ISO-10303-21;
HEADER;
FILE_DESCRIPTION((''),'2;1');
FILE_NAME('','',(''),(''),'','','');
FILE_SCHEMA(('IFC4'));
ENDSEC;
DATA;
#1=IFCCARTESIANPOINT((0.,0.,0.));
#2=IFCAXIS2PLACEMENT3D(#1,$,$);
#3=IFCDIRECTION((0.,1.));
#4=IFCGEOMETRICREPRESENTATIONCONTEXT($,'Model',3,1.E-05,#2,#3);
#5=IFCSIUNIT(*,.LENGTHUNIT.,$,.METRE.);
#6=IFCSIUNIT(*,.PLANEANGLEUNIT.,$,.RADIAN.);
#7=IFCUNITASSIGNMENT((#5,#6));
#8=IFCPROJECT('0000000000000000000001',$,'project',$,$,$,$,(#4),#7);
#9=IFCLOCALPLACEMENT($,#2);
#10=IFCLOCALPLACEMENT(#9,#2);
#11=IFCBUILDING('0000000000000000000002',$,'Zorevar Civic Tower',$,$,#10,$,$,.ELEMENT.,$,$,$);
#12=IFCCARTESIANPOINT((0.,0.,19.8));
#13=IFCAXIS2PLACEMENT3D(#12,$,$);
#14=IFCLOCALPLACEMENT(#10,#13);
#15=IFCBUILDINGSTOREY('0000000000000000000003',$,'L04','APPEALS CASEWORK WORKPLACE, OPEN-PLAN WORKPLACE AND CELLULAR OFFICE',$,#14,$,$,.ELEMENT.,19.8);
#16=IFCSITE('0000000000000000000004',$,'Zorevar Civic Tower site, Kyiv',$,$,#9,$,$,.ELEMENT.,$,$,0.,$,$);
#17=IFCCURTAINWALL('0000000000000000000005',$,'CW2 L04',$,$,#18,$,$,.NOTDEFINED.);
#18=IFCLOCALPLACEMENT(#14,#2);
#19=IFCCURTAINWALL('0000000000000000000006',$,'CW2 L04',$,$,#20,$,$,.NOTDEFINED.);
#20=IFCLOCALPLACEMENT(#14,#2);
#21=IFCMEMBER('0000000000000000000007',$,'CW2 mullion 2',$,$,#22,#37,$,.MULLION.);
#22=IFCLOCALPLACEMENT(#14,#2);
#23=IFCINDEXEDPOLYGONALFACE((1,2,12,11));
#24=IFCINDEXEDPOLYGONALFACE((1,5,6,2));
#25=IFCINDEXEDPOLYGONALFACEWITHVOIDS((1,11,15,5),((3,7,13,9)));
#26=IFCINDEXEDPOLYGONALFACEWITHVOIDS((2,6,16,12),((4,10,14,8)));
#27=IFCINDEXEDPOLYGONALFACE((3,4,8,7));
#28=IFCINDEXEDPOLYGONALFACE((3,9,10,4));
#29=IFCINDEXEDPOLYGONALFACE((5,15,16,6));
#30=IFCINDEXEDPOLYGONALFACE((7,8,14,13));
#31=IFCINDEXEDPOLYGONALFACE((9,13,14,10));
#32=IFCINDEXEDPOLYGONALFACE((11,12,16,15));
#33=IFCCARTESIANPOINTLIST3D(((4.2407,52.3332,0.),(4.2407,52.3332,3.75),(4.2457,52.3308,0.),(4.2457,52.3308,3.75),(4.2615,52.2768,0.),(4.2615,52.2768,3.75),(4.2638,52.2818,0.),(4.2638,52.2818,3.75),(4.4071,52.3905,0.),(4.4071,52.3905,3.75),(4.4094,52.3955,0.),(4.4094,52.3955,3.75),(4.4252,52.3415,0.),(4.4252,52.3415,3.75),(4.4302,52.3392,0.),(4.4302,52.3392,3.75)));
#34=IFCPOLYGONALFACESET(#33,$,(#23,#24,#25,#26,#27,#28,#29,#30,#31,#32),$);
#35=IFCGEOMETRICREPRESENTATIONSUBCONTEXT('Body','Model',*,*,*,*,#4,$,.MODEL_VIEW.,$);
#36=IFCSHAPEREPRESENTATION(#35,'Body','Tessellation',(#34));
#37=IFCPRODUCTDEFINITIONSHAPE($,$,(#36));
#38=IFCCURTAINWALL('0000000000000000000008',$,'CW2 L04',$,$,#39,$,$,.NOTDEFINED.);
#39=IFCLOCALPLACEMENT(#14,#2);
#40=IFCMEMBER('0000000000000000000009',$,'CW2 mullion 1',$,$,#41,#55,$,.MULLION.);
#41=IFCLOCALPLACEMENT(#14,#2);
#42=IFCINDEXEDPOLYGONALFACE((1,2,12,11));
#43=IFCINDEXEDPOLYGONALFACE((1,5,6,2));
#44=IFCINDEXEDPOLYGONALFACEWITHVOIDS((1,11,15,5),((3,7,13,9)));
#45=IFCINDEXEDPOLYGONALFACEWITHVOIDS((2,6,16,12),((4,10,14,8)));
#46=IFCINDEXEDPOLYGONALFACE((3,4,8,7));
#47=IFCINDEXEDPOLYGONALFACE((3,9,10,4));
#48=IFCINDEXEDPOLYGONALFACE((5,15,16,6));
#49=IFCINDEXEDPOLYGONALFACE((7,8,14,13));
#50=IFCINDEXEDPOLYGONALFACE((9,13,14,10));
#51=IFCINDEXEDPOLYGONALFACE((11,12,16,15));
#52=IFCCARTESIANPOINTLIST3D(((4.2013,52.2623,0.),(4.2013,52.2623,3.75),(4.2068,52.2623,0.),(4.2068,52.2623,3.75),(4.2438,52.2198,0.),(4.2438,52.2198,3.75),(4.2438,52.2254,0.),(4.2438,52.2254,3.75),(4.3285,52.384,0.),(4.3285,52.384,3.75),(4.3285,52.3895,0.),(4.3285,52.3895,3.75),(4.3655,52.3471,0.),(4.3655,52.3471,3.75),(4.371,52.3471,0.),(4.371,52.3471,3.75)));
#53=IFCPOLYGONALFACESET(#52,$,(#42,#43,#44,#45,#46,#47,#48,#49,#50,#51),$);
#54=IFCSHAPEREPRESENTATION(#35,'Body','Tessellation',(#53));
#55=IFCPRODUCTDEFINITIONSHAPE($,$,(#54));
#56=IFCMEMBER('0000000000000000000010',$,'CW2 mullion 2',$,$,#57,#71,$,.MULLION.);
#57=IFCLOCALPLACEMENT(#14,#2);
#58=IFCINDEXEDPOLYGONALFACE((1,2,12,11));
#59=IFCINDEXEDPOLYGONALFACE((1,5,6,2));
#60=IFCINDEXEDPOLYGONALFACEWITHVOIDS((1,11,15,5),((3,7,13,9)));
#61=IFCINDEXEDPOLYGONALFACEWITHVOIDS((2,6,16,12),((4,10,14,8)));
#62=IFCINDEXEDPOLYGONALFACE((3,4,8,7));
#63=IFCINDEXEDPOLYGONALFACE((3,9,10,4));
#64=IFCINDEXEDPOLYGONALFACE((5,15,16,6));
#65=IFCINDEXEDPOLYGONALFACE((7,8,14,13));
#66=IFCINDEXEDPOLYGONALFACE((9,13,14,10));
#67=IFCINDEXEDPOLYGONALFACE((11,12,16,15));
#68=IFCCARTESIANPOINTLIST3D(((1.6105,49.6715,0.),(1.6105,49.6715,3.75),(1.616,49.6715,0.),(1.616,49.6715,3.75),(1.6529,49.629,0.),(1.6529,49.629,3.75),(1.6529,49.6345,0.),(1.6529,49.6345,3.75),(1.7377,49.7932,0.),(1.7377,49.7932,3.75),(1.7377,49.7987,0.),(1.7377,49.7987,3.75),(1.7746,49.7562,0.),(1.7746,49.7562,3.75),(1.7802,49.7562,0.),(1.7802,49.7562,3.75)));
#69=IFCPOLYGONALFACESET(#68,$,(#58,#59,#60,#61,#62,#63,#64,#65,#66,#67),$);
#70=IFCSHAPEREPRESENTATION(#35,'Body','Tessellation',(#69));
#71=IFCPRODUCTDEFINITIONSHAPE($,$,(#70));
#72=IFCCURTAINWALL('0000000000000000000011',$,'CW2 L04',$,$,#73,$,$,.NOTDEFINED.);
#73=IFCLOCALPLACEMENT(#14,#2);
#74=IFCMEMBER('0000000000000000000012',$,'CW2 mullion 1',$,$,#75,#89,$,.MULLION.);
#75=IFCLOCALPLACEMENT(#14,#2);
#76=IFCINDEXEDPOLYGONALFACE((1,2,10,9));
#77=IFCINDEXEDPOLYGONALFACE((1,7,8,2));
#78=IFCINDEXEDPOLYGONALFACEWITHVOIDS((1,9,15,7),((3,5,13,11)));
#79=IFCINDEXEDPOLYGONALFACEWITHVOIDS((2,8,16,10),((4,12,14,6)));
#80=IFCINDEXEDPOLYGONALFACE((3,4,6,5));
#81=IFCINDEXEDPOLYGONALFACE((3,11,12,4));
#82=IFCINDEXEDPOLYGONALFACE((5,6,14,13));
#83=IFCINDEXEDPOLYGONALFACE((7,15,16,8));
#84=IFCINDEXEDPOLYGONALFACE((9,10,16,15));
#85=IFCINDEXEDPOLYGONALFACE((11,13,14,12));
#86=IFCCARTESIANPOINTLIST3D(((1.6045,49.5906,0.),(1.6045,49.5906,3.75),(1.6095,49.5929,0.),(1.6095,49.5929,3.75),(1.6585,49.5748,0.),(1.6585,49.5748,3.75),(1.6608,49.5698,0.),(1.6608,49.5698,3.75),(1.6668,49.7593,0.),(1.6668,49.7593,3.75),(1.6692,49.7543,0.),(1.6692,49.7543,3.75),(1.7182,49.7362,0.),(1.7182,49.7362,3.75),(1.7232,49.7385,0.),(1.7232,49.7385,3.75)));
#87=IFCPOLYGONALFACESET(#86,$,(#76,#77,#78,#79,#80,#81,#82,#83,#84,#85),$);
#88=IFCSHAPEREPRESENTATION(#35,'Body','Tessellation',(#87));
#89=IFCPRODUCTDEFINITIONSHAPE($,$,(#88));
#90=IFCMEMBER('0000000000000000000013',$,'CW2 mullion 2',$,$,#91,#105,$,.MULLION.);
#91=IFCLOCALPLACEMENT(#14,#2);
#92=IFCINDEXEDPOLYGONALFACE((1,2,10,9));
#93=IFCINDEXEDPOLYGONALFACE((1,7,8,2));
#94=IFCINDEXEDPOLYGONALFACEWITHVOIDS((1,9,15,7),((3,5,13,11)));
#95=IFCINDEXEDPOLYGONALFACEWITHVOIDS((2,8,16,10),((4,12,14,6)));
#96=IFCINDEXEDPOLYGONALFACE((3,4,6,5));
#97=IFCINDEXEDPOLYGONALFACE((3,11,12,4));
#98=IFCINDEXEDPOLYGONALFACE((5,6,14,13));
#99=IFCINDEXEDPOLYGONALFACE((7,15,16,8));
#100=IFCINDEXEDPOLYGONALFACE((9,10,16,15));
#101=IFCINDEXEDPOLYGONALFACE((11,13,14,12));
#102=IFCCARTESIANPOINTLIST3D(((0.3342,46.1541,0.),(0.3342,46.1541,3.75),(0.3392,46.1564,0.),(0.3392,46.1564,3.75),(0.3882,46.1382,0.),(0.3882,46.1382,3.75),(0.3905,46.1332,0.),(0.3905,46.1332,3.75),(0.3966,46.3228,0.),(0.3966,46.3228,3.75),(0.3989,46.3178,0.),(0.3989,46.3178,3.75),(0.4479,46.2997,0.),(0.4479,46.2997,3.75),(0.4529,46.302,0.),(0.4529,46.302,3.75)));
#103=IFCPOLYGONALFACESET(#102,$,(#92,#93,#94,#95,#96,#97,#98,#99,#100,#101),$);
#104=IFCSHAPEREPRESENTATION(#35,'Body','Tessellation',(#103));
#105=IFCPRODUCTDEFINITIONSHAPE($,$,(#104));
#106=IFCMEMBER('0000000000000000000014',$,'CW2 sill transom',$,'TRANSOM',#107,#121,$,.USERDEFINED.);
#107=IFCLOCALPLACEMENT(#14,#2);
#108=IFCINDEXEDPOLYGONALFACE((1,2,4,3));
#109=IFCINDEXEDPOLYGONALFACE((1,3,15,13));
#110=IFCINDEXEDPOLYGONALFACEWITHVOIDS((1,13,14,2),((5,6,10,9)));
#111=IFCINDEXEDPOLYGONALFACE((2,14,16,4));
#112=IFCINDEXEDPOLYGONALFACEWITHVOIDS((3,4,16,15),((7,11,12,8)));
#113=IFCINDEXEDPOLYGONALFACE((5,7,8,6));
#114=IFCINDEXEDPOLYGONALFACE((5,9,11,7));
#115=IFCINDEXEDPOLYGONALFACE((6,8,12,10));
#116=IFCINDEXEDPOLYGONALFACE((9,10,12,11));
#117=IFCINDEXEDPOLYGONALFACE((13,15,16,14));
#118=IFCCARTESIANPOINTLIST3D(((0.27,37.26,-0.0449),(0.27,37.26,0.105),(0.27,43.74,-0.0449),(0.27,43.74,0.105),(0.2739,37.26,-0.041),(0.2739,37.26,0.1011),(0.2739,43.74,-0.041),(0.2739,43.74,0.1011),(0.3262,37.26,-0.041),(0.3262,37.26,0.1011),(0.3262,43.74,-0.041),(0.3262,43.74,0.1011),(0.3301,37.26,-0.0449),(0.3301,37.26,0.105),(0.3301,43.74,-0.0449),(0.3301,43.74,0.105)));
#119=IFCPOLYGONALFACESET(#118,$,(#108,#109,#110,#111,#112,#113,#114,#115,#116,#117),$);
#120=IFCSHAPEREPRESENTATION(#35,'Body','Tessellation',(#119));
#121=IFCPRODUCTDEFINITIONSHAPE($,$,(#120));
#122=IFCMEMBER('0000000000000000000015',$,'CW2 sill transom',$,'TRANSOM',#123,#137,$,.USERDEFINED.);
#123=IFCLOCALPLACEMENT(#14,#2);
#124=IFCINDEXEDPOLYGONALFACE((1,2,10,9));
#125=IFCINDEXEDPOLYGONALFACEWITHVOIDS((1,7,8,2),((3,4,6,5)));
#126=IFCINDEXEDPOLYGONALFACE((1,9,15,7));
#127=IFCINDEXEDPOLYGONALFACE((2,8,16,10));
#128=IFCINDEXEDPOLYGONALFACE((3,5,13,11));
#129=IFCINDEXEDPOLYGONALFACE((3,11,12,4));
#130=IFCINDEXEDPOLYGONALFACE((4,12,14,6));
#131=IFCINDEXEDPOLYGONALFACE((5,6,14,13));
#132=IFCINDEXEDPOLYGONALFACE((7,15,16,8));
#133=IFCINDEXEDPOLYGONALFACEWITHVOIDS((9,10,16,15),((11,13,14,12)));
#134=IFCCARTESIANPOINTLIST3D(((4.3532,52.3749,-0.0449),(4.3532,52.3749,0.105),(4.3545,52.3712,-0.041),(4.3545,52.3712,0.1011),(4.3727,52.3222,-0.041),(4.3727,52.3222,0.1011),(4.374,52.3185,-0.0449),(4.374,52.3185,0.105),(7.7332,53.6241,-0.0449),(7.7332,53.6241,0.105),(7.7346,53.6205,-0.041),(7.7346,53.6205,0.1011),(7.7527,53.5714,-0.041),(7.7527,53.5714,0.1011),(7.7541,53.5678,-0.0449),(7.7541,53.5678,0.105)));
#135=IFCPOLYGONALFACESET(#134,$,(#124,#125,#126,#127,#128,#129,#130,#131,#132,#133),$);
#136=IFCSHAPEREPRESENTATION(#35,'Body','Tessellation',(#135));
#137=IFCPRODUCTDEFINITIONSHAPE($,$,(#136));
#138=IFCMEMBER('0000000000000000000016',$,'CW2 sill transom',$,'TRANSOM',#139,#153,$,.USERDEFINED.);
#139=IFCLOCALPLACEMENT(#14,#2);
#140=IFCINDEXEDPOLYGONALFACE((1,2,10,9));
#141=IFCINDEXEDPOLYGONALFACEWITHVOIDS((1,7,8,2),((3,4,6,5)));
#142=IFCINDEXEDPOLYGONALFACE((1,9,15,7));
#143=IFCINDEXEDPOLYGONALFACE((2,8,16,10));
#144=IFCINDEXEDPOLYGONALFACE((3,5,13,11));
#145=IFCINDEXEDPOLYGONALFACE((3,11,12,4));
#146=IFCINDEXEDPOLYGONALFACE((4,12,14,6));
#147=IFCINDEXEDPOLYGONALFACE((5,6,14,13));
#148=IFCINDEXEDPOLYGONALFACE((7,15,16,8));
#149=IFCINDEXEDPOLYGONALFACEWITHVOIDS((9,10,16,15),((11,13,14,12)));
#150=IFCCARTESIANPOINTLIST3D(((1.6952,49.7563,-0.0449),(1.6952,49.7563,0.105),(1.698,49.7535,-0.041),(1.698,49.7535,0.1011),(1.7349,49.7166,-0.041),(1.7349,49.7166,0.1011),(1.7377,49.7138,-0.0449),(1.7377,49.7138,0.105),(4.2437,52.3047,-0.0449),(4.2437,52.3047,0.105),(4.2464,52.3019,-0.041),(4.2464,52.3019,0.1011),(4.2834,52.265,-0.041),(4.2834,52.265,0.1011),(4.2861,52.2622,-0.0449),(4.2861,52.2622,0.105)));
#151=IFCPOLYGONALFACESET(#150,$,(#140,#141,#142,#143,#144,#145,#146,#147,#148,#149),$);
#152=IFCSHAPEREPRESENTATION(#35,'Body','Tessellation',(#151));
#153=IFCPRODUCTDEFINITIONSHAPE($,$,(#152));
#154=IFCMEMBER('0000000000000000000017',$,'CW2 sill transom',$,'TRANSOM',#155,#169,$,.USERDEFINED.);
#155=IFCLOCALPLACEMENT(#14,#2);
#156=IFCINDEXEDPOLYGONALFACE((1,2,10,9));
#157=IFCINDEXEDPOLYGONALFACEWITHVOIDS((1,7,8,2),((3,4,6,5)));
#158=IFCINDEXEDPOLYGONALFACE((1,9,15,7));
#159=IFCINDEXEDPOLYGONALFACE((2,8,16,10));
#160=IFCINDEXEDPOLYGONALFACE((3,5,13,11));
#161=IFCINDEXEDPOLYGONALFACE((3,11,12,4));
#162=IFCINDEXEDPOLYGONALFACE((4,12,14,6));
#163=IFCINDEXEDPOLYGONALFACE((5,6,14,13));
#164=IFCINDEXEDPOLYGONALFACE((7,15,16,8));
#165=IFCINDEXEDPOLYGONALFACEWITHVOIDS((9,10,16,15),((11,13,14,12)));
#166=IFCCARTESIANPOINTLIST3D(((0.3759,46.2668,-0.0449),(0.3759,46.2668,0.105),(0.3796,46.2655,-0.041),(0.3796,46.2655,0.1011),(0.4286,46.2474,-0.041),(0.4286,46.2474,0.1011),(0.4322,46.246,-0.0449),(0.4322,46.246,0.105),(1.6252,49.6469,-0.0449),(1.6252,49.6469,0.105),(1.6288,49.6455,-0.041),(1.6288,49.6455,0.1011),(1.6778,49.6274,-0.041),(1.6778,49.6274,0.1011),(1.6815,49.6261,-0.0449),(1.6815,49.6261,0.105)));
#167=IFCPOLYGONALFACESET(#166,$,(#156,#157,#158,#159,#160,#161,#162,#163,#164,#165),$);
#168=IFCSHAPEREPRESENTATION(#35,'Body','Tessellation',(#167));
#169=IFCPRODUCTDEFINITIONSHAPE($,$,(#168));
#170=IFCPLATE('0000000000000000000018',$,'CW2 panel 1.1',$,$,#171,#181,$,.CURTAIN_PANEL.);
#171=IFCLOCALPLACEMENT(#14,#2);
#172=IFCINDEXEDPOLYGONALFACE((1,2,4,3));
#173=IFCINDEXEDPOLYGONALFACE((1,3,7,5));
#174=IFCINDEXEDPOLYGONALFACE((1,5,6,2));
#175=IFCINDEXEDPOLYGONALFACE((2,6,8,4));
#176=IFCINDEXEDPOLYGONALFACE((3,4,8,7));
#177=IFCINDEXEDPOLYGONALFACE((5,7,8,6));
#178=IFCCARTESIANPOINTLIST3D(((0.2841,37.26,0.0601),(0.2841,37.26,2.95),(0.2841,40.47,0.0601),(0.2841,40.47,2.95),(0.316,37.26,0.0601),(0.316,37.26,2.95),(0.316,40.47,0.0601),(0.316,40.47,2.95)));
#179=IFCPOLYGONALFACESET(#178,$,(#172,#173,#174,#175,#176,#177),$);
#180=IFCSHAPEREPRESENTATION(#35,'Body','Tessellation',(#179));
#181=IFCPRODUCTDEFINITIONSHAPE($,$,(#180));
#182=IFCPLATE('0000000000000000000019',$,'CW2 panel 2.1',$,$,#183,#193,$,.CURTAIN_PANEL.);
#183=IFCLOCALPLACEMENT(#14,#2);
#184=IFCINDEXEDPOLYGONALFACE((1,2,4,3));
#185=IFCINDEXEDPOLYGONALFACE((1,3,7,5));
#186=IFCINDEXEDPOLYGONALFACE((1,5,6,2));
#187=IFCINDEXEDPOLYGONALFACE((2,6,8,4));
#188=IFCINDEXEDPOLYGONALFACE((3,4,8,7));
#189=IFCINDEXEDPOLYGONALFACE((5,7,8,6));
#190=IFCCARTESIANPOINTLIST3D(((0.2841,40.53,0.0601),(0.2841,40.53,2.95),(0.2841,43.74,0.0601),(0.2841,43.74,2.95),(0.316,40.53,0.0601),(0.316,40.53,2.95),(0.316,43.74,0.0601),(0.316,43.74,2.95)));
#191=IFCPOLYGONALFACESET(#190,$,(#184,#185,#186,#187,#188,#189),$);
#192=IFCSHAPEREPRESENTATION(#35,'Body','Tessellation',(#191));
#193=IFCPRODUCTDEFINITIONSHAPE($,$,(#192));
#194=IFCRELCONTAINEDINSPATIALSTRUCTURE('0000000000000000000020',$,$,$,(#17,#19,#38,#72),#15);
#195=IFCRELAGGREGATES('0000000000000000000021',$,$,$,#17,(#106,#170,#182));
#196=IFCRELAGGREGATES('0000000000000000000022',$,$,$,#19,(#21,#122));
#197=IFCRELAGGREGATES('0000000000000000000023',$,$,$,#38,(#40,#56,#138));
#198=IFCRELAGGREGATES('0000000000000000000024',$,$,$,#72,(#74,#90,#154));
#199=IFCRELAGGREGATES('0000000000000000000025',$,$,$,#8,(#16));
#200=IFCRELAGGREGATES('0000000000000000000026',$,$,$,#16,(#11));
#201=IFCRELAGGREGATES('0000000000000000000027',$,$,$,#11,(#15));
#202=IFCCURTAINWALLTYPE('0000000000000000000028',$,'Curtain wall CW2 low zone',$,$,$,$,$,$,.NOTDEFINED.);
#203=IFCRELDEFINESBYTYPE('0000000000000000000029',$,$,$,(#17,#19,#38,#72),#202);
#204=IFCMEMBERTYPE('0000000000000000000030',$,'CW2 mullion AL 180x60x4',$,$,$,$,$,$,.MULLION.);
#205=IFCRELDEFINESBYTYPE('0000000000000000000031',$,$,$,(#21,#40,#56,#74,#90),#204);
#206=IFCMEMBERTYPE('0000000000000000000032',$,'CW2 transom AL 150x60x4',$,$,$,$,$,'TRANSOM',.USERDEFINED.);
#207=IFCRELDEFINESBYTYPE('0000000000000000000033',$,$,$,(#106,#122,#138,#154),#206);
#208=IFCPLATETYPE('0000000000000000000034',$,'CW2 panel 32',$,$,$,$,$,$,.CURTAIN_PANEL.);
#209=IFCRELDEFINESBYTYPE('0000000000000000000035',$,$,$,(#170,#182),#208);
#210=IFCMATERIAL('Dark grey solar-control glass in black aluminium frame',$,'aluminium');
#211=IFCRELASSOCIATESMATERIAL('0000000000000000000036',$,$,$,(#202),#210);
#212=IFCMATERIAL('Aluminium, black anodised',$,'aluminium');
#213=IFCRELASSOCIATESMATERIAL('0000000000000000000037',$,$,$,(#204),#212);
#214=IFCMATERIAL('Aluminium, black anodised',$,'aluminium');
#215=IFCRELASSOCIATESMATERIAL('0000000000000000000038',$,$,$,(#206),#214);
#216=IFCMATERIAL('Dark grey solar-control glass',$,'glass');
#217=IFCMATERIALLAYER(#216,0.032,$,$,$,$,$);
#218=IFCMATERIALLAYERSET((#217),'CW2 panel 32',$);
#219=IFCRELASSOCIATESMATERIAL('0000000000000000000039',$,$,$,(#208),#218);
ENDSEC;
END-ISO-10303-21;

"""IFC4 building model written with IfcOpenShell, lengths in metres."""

from ifc_helpers import new_model, si_unit, direction, frame, origin, origin_2d, place, context, subcontext, project, spatial, rectangle, hollow_rectangle, extrude, material, layer, layer_set, material_profile, profile_set, type_object, element, aggregate, save


model = new_model("IFC4")

# Units and contexts
model_context = context("Model", 3, precision=1e-05, world=origin(), true_north=direction((0.0, 1.0)))
body_context = subcontext(model_context, "Body", "Model", "MODEL_VIEW")
ifc_project = project(units=[si_unit("LENGTHUNIT", "METRE"), si_unit("PLANEANGLEUNIT", "RADIAN")], contexts=[model_context])

# Site, building, storey
site_placement = place(None, origin())
site = spatial("IfcSite", under=ifc_project, at=site_placement, Name="Zorevar Civic Tower site, Kyiv", CompositionType="ELEMENT", RefElevation=0.0)
building_placement = place(site_placement, origin())
building = spatial("IfcBuilding", under=site, at=building_placement, Name="Zorevar Civic Tower", CompositionType="ELEMENT")
storey_placement = place(building_placement, frame((0.0, 0.0, 19.8)))
storey = spatial("IfcBuildingStorey", under=building, at=storey_placement, Name="L04", Description="APPEALS CASEWORK WORKPLACE, OPEN-PLAN WORKPLACE AND CELLULAR OFFICE", CompositionType="ELEMENT", Elevation=19.8)

# Curtain walls, members
ifc_material_1 = material(Name="Dark grey solar-control glass in black aluminium frame", Category="aluminium")
curtain_wall_type = type_object("IfcCurtainWallType", Name="Curtain wall CW2 low zone", PredefinedType="NOTDEFINED", material=ifc_material_1)
curtain_wall_1_placement = place(storey_placement, origin())
curtain_wall_1 = element("IfcCurtainWall", 1, at=curtain_wall_1_placement, inside=storey, type_object=curtain_wall_type, Name="CW2 L04", PredefinedType="NOTDEFINED")
ifc_material_2 = material(Name="Aluminium, black anodised", Category="aluminium")
ifc_material_profile_1 = material_profile(ifc_material_2, hollow_rectangle(XDim=0.0601, YDim=0.1799, WallThickness=0.0039, at=origin_2d()), Name="AL 180x60x4")
ifc_profile_set_1 = profile_set([ifc_material_profile_1], Name="Aluminium, black anodised")
member_type_1 = type_object("IfcMemberType", Name="CW2 mullion AL 180x60x4", PredefinedType="MULLION", material=ifc_profile_set_1)
curtain_wall_2_placement = place(storey_placement, origin())
curtain_wall_2 = element("IfcCurtainWall", 2, at=curtain_wall_2_placement, inside=storey, type_object=curtain_wall_type, Name="CW2 L04", PredefinedType="NOTDEFINED")
member_1_placement = place(storey_placement, frame((4.3354, 52.3362, 0.0), z_axis=(0.0, 0.0, 1.0), x_axis=(0.346704, -0.937975, 0.0)))
member_1 = element("IfcMember", 3, at=member_1_placement, type_object=member_type_1, Name="CW2 mullion 2", PredefinedType="MULLION", context=body_context, shape_type="SweptSolid", body=[
    extrude(hollow_rectangle(XDim=0.0601, YDim=0.1799, WallThickness=0.0039, at=origin_2d()), origin(), (0.0, 0.0, 1.0), 3.75),
])
curtain_wall_3_placement = place(storey_placement, origin())
curtain_wall_3 = element("IfcCurtainWall", 4, at=curtain_wall_3_placement, inside=storey, type_object=curtain_wall_type, Name="CW2 L04", PredefinedType="NOTDEFINED")
member_2_placement = place(storey_placement, frame((4.2861, 52.3047, 0.0), z_axis=(0.0, 0.0, 1.0), x_axis=(0.707107, -0.707107, 0.0)))
member_2 = element("IfcMember", 5, at=member_2_placement, type_object=member_type_1, Name="CW2 mullion 1", PredefinedType="MULLION", context=body_context, shape_type="SweptSolid", body=[
    extrude(hollow_rectangle(XDim=0.0601, YDim=0.1799, WallThickness=0.0039, at=origin_2d()), origin(), (0.0, 0.0, 1.0), 3.75),
])
member_3_placement = place(storey_placement, frame((1.6953, 49.7139, 0.0), z_axis=(0.0, 0.0, 1.0), x_axis=(0.707107, -0.707107, 0.0)))
member_3 = element("IfcMember", 6, at=member_3_placement, type_object=member_type_1, Name="CW2 mullion 2", PredefinedType="MULLION", context=body_context, shape_type="SweptSolid", body=[
    extrude(hollow_rectangle(XDim=0.0601, YDim=0.1799, WallThickness=0.0039, at=origin_2d()), origin(), (0.0, 0.0, 1.0), 3.75),
])
curtain_wall_4_placement = place(storey_placement, origin())
curtain_wall_4 = element("IfcCurtainWall", 7, at=curtain_wall_4_placement, inside=storey, type_object=curtain_wall_type, Name="CW2 L04", PredefinedType="NOTDEFINED")
member_4_placement = place(storey_placement, frame((1.6638, 49.6646, 0.0), z_axis=(0.0, 0.0, 1.0), x_axis=(0.937975, -0.346704, 0.0)))
member_4 = element("IfcMember", 8, at=member_4_placement, type_object=member_type_1, Name="CW2 mullion 1", PredefinedType="MULLION", context=body_context, shape_type="SweptSolid", body=[
    extrude(hollow_rectangle(XDim=0.0601, YDim=0.1799, WallThickness=0.0039, at=origin_2d()), origin(), (0.0, 0.0, 1.0), 3.75),
])
member_5_placement = place(storey_placement, frame((0.3936, 46.228, 0.0), z_axis=(0.0, 0.0, 1.0), x_axis=(0.937975, -0.346704, 0.0)))
member_5 = element("IfcMember", 9, at=member_5_placement, type_object=member_type_1, Name="CW2 mullion 2", PredefinedType="MULLION", context=body_context, shape_type="SweptSolid", body=[
    extrude(hollow_rectangle(XDim=0.0601, YDim=0.1799, WallThickness=0.0039, at=origin_2d()), origin(), (0.0, 0.0, 1.0), 3.75),
])

# Members
ifc_material_3 = material(Name="Aluminium, black anodised", Category="aluminium")
ifc_material_profile_2 = material_profile(ifc_material_3, hollow_rectangle(XDim=0.0601, YDim=0.1499, WallThickness=0.0039, at=origin_2d()), Name="AL 150x60x4")
ifc_profile_set_2 = profile_set([ifc_material_profile_2], Name="Aluminium, black anodised")
member_type_2 = type_object("IfcMemberType", Name="CW2 transom AL 150x60x4", ElementType="TRANSOM", PredefinedType="USERDEFINED", material=ifc_profile_set_2)
member_6_placement = place(storey_placement, frame((0.3, 37.26, 0.03), z_axis=(0.0, 1.0, 0.0), x_axis=(-1.0, 0.0, 0.0)))
member_6 = element("IfcMember", 10, at=member_6_placement, type_object=member_type_2, Name="CW2 sill transom", ObjectType="TRANSOM", PredefinedType="USERDEFINED", context=body_context, shape_type="SweptSolid", body=[
    extrude(hollow_rectangle(XDim=0.0601, YDim=0.1499, WallThickness=0.0039, at=origin_2d()), origin(), (0.0, 0.0, 1.0), 6.48),
])
member_7_placement = place(storey_placement, frame((7.7437, 53.5959, 0.03), z_axis=(-0.937986, -0.346672, 0.0), x_axis=(0.346672, -0.937986, 0.0)))
member_7 = element("IfcMember", 11, at=member_7_placement, type_object=member_type_2, Name="CW2 sill transom", ObjectType="TRANSOM", PredefinedType="USERDEFINED", context=body_context, shape_type="SweptSolid", body=[
    extrude(hollow_rectangle(XDim=0.0601, YDim=0.1499, WallThickness=0.0039, at=origin_2d()), origin(), (0.0, 0.0, 1.0), 3.6035),
])
member_8_placement = place(storey_placement, frame((4.2649, 52.2834, 0.03), z_axis=(-0.707107, -0.707107, 0.0), x_axis=(0.707107, -0.707107, 0.0)))
member_8 = element("IfcMember", 12, at=member_8_placement, type_object=member_type_2, Name="CW2 sill transom", ObjectType="TRANSOM", PredefinedType="USERDEFINED", context=body_context, shape_type="SweptSolid", body=[
    extrude(hollow_rectangle(XDim=0.0601, YDim=0.1499, WallThickness=0.0039, at=origin_2d()), origin(), (0.0, 0.0, 1.0), 3.604),
])
member_9_placement = place(storey_placement, frame((1.6533, 49.6365, 0.03), z_axis=(-0.346672, -0.937986, 0.0), x_axis=(0.937986, -0.346672, 0.0)))
member_9 = element("IfcMember", 13, at=member_9_placement, type_object=member_type_2, Name="CW2 sill transom", ObjectType="TRANSOM", PredefinedType="USERDEFINED", context=body_context, shape_type="SweptSolid", body=[
    extrude(hollow_rectangle(XDim=0.0601, YDim=0.1499, WallThickness=0.0039, at=origin_2d()), origin(), (0.0, 0.0, 1.0), 3.6035),
])

# Plates
ifc_material_4 = material(Name="Dark grey solar-control glass", Category="glass")
ifc_layer_1 = layer(ifc_material_4, 0.032)
ifc_layer_set_1 = layer_set([ifc_layer_1], Name="CW2 panel 32")
plate_type = type_object("IfcPlateType", Name="CW2 panel 32", PredefinedType="CURTAIN_PANEL", material=ifc_layer_set_1)
plate_1_placement = place(storey_placement, frame((0.3, 38.865, 0.0601), z_axis=(0.0, 0.0, 1.0), x_axis=(0.0, 1.0, 0.0)))
plate_1 = element("IfcPlate", 14, at=plate_1_placement, type_object=plate_type, Name="CW2 panel 1.1", PredefinedType="CURTAIN_PANEL", context=body_context, shape_type="SweptSolid", body=[
    extrude(rectangle(XDim=3.21, YDim=0.032, at=origin_2d()), origin(), (0.0, 0.0, 1.0), 2.8899),
])
plate_2_placement = place(storey_placement, frame((0.3, 42.135, 0.0601), z_axis=(0.0, 0.0, 1.0), x_axis=(0.0, 1.0, 0.0)))
plate_2 = element("IfcPlate", 15, at=plate_2_placement, type_object=plate_type, Name="CW2 panel 2.1", PredefinedType="CURTAIN_PANEL", context=body_context, shape_type="SweptSolid", body=[
    extrude(rectangle(XDim=3.21, YDim=0.032, at=origin_2d()), origin(), (0.0, 0.0, 1.0), 2.8899),
])
aggregate(curtain_wall_1, [member_6, plate_1, plate_2])
aggregate(curtain_wall_2, [member_1, member_7])
aggregate(curtain_wall_3, [member_2, member_3, member_8])
aggregate(curtain_wall_4, [member_4, member_5, member_9])

save(model, "model.ifc")
